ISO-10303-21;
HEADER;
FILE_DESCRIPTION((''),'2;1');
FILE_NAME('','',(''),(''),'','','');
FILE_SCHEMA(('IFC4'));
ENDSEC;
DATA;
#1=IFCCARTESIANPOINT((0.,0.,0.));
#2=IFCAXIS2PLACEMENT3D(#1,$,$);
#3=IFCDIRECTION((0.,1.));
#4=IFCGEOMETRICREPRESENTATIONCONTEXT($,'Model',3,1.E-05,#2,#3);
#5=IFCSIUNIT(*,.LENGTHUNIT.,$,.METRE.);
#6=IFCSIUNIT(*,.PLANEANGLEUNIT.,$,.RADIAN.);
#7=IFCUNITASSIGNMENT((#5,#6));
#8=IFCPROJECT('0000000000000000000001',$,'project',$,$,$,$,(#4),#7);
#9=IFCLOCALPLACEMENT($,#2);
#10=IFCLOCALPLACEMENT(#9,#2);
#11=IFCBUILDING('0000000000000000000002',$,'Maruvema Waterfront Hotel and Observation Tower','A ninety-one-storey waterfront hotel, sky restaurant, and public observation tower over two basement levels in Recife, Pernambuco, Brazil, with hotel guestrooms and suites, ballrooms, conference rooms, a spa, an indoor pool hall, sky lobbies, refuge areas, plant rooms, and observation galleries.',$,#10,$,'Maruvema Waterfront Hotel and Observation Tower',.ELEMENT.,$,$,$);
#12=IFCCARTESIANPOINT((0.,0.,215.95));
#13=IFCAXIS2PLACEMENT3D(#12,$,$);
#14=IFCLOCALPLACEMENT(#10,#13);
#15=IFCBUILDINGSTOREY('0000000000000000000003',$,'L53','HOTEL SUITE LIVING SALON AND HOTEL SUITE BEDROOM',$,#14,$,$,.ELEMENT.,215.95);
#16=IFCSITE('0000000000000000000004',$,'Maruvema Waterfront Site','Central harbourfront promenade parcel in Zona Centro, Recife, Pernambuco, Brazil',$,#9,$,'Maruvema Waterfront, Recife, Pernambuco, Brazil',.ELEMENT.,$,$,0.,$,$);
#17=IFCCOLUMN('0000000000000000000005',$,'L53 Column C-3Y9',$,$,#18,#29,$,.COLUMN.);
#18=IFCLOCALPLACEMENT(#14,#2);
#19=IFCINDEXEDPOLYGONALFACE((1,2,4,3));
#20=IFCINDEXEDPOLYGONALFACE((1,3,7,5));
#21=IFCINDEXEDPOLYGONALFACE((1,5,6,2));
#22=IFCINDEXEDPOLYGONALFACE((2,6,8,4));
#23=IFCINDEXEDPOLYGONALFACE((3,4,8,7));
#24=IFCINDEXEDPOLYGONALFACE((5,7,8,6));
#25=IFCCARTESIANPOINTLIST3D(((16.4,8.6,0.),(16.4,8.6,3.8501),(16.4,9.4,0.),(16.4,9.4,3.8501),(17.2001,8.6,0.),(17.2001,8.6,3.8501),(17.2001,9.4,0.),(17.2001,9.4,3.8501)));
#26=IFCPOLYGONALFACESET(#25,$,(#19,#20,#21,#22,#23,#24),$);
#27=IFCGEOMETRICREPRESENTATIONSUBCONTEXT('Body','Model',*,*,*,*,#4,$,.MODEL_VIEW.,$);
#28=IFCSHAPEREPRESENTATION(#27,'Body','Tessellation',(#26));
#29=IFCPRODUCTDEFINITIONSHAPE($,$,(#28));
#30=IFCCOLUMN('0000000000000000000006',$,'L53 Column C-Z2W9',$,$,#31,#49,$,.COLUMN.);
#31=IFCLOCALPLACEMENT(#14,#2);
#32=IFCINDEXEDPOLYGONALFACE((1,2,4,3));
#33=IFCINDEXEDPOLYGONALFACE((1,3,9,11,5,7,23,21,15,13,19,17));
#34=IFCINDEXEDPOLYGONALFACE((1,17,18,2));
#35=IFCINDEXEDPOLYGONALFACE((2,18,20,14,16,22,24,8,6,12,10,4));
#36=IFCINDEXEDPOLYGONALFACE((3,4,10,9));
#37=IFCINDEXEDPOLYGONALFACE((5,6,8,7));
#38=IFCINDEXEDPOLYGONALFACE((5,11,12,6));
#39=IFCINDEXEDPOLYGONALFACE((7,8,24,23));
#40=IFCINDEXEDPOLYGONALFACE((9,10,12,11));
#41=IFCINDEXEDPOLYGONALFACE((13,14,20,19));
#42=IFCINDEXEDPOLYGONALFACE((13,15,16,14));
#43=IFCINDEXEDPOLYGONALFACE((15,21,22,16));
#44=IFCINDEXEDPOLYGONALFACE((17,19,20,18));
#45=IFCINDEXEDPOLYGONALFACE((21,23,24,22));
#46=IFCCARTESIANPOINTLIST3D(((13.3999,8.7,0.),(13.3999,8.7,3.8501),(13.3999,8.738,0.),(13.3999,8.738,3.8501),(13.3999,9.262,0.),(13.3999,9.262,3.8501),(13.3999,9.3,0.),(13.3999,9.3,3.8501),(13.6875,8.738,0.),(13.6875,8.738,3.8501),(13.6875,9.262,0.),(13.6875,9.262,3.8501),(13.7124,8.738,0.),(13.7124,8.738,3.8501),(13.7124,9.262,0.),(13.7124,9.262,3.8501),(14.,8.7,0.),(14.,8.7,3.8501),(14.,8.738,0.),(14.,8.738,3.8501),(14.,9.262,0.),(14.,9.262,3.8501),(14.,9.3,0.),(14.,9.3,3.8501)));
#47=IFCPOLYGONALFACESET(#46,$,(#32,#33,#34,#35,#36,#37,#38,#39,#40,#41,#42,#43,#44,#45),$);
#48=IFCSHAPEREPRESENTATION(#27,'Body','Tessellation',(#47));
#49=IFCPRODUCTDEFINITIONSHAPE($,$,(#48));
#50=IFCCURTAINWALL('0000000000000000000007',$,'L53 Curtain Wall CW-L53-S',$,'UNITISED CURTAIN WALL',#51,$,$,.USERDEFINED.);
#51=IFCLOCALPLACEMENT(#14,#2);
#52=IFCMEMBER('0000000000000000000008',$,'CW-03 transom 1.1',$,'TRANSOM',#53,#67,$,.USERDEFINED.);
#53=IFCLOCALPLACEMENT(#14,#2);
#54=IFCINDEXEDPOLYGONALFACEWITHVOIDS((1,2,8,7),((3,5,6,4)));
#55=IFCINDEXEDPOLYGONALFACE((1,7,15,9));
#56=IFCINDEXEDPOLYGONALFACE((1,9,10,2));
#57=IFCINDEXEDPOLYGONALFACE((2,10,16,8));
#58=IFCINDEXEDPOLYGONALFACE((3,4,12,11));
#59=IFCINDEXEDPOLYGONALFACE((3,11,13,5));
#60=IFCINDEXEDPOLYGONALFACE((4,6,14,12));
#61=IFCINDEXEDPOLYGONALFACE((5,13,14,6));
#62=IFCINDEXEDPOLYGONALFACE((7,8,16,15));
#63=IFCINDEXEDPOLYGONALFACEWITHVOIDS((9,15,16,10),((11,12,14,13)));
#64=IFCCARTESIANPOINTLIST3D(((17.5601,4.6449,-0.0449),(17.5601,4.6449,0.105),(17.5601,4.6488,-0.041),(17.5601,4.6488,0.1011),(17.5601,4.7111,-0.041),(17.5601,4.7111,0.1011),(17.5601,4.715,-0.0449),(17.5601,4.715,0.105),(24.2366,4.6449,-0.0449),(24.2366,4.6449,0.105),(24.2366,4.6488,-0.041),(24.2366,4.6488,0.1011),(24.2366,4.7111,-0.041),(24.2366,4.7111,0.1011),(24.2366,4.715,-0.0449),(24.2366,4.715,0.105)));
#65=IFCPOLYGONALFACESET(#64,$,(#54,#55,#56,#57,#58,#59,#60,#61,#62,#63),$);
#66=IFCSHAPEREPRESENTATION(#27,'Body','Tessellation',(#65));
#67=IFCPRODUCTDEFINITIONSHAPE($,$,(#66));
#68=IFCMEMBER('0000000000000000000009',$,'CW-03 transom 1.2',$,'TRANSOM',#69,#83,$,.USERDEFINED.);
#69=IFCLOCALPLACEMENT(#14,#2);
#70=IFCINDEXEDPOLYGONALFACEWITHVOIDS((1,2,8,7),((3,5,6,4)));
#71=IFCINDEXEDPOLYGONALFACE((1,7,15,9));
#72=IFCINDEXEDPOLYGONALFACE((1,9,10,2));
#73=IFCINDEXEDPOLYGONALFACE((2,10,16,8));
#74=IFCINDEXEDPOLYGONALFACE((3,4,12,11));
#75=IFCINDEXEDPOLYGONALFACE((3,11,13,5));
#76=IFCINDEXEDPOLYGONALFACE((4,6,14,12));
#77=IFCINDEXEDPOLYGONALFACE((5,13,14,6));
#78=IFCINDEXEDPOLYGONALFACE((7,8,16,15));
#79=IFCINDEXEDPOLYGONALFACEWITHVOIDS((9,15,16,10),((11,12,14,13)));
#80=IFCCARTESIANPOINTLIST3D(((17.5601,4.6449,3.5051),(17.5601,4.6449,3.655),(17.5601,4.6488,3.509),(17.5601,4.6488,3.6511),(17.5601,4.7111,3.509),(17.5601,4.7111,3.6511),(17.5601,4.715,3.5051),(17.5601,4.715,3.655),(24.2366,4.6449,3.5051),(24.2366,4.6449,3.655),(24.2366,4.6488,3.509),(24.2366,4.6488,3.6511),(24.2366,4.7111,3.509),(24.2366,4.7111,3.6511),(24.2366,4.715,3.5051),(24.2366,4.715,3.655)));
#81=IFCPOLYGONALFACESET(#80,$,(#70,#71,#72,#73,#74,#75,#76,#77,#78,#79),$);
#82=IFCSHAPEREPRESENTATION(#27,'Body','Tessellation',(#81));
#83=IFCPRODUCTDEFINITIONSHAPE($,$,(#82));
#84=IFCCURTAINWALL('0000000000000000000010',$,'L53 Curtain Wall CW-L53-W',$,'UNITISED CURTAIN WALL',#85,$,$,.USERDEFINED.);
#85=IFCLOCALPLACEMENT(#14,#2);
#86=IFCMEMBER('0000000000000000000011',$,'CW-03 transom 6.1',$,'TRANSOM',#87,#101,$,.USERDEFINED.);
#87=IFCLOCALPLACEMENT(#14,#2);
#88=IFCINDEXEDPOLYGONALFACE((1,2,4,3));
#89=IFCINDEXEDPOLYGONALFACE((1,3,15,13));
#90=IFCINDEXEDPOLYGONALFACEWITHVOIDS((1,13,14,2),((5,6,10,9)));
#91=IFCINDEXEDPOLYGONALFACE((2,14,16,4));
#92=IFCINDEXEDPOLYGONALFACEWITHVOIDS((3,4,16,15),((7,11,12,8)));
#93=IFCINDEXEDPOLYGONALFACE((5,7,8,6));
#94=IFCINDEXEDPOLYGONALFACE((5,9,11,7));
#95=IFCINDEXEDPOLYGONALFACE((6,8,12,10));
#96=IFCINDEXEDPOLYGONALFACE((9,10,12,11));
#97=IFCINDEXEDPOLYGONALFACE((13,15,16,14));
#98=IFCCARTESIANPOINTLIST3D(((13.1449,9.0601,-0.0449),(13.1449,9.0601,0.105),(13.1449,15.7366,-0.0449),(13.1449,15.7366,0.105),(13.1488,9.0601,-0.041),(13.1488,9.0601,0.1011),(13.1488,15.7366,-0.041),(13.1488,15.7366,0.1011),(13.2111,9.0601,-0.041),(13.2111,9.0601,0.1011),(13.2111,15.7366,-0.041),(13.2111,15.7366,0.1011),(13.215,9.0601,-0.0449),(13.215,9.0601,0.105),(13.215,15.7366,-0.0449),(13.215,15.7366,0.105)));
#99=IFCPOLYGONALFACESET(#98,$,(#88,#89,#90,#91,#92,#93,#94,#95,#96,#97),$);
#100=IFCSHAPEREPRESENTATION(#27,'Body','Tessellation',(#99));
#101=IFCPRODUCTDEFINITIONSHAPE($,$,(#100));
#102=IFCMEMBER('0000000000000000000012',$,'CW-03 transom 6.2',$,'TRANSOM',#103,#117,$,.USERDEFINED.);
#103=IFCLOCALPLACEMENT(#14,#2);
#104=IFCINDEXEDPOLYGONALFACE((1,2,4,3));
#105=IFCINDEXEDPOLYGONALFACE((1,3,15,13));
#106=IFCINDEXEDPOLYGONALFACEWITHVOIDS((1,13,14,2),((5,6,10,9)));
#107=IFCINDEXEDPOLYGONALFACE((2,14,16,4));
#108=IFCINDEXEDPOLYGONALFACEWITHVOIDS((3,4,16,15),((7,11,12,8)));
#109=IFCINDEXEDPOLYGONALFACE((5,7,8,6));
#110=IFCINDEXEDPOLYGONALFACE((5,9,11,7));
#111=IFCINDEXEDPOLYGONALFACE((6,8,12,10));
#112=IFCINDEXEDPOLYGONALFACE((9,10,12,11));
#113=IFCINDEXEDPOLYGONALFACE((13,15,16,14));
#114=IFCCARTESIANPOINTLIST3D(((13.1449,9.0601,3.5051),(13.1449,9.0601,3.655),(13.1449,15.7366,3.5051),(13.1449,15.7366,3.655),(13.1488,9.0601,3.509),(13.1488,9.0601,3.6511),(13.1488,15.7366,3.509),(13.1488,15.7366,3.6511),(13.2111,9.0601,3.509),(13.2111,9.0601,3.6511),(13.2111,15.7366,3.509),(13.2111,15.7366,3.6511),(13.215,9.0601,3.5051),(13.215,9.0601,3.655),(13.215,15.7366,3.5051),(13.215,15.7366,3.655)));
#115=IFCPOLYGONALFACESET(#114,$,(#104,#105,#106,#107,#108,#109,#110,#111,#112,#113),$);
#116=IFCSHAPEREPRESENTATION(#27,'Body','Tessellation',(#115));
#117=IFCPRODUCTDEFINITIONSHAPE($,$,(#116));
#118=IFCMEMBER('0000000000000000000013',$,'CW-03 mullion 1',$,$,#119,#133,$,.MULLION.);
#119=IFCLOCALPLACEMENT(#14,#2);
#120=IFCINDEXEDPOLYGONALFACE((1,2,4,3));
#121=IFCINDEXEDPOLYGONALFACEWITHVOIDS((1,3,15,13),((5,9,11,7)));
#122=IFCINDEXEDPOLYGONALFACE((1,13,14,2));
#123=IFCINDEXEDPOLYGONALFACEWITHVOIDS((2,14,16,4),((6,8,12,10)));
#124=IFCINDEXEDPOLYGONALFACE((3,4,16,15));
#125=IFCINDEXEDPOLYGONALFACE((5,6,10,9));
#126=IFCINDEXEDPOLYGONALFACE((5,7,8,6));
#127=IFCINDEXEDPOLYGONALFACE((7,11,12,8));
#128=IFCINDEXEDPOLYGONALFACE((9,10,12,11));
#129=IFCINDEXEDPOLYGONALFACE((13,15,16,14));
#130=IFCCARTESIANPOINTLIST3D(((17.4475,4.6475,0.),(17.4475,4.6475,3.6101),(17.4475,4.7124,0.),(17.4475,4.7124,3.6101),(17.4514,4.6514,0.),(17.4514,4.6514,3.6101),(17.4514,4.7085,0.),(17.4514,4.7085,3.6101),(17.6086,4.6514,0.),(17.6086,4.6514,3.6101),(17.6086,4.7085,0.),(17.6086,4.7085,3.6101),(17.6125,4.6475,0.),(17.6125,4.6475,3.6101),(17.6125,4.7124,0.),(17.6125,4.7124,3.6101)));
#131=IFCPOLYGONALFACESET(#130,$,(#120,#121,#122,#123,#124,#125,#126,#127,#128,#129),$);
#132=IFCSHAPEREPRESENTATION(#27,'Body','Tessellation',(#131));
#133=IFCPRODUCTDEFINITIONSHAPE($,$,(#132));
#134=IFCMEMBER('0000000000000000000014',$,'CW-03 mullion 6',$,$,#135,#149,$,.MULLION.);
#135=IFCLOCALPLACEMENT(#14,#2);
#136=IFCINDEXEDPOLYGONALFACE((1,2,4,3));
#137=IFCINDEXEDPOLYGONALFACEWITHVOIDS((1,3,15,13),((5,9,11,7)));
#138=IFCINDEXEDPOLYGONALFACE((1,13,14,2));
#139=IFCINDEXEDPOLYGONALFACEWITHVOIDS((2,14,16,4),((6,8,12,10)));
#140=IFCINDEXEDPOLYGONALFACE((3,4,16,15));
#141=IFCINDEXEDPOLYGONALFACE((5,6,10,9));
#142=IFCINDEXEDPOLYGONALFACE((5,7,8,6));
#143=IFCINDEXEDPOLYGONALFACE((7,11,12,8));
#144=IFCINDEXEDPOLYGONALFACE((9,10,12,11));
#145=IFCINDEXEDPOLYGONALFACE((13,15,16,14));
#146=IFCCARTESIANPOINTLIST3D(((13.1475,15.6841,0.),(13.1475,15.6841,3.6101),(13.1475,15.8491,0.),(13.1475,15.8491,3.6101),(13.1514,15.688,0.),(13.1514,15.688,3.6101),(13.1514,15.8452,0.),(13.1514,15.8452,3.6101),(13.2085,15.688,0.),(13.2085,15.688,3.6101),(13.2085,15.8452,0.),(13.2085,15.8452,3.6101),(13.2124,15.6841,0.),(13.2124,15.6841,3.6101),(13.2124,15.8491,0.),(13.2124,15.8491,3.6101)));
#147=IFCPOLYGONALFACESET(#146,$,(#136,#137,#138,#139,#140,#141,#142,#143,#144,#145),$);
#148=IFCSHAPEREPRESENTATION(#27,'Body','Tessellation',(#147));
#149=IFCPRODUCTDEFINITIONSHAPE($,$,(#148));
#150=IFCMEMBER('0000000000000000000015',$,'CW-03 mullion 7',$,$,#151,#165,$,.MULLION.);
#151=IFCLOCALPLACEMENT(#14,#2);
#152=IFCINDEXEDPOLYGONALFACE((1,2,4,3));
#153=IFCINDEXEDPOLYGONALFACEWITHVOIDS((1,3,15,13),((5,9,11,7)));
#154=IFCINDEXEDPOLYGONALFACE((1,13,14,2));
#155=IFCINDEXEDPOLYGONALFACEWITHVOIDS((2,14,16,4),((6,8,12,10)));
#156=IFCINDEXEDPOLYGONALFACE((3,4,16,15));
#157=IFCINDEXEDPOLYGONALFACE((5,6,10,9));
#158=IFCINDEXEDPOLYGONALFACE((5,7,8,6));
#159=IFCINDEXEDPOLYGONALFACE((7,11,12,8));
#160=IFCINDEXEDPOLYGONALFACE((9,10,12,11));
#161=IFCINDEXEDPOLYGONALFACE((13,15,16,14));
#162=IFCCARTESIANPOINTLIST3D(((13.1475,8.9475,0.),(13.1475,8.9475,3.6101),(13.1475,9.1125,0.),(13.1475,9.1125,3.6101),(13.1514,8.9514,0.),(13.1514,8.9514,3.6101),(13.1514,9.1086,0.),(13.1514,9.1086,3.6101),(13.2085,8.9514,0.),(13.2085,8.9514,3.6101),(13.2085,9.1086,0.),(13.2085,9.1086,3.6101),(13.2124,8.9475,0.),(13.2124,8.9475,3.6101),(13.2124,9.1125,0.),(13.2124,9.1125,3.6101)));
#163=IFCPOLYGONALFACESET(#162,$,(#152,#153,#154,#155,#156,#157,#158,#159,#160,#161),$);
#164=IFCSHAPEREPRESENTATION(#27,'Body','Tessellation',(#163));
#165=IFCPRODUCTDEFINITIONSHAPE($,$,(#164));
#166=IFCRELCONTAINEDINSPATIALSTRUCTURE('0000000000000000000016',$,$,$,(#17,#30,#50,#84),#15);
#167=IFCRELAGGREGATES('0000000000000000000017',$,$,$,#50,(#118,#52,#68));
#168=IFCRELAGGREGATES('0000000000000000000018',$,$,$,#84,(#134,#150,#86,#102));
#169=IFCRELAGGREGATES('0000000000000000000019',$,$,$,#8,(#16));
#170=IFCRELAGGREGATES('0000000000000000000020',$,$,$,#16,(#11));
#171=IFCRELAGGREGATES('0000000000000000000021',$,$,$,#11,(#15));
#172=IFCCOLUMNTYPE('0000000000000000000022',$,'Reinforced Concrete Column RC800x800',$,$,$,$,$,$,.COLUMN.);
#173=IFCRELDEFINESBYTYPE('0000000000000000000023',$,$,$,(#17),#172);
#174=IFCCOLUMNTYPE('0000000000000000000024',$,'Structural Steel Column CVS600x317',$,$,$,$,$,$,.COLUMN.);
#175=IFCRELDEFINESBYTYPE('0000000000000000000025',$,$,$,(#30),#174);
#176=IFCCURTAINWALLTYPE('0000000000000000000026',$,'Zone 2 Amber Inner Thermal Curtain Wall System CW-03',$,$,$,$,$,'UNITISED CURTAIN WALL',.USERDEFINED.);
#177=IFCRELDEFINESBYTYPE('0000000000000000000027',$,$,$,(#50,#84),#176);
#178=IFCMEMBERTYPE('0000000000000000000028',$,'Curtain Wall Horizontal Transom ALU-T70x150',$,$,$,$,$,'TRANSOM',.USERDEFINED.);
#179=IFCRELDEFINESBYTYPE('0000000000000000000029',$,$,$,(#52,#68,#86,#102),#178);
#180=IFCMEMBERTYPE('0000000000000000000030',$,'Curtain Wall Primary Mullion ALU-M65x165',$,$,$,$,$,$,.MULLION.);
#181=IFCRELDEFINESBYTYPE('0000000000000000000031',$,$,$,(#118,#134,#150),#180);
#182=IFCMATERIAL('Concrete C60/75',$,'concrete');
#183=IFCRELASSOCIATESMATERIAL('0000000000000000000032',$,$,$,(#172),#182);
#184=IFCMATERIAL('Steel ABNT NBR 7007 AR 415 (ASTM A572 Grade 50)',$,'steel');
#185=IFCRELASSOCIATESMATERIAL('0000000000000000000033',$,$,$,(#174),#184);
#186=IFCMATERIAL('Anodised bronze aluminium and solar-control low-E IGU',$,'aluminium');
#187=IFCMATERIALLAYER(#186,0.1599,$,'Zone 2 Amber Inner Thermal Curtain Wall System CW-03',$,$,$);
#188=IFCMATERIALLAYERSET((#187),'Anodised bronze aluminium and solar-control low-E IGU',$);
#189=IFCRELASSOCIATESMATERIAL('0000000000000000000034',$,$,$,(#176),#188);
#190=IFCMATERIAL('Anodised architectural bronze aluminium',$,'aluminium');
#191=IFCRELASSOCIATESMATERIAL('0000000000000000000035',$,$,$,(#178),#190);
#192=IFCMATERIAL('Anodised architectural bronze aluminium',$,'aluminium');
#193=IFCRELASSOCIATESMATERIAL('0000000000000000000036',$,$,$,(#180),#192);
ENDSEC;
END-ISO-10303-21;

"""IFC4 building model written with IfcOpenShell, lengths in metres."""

from ifc_helpers import new_model, si_unit, direction, frame, origin, origin_2d, place, context, subcontext, project, spatial, rectangle, hollow_rectangle, i_section, extrude, material, layer, layer_set, material_profile, profile_set, type_object, element, aggregate, save


model = new_model("IFC4")

# Units and contexts
model_context = context("Model", 3, precision=1e-05, world=origin(), true_north=direction((0.0, 1.0)))
body_context = subcontext(model_context, "Body", "Model", "MODEL_VIEW")
ifc_project = project(units=[si_unit("LENGTHUNIT", "METRE"), si_unit("PLANEANGLEUNIT", "RADIAN")], contexts=[model_context])

# Site, building, storey
site_placement = place(None, origin())
site = spatial("IfcSite", under=ifc_project, at=site_placement, Name="Maruvema Waterfront Site", Description="Central harbourfront promenade parcel in Zona Centro, Recife, Pernambuco, Brazil", LongName="Maruvema Waterfront, Recife, Pernambuco, Brazil", CompositionType="ELEMENT", RefElevation=0.0)
building_placement = place(site_placement, origin())
building = spatial("IfcBuilding", under=site, at=building_placement, Name="Maruvema Waterfront Hotel and Observation Tower", Description="A ninety-one-storey waterfront hotel, sky restaurant, and public observation tower over two basement levels in Recife, Pernambuco, Brazil, with hotel guestrooms and suites, ballrooms, conference rooms, a spa, an indoor pool hall, sky lobbies, refuge areas, plant rooms, and observation galleries.", LongName="Maruvema Waterfront Hotel and Observation Tower", CompositionType="ELEMENT")
storey_placement = place(building_placement, frame((0.0, 0.0, 215.95)))
storey = spatial("IfcBuildingStorey", under=building, at=storey_placement, Name="L53", Description="HOTEL SUITE LIVING SALON AND HOTEL SUITE BEDROOM", CompositionType="ELEMENT", Elevation=215.95)

# Columns
ifc_material_1 = material(Name="Concrete C60/75", Category="concrete")
ifc_material_profile_1 = material_profile(ifc_material_1, rectangle(XDim=0.8, YDim=0.8, at=origin_2d()), Name="RC800x800")
ifc_profile_set_1 = profile_set([ifc_material_profile_1], Name="Concrete C60/75")
column_type_1 = type_object("IfcColumnType", Name="Reinforced Concrete Column RC800x800", PredefinedType="COLUMN", material=ifc_profile_set_1)
column_1_placement = place(storey_placement, frame((16.8, 9.0, 0.0), z_axis=(0.0, 0.0, 1.0), x_axis=(1.0, 0.0, 0.0)))
element("IfcColumn", 1, at=column_1_placement, inside=storey, type_object=column_type_1, Name="L53 Column C-3Y9", PredefinedType="COLUMN", context=body_context, shape_type="SweptSolid", body=[
    extrude(rectangle(XDim=0.8, YDim=0.8, at=origin_2d()), origin(), (0.0, 0.0, 1.0), 3.8501),
])
ifc_material_2 = material(Name="Steel ABNT NBR 7007 AR 415 (ASTM A572 Grade 50)", Category="steel")
ifc_material_profile_2 = material_profile(ifc_material_2, i_section(OverallWidth=0.6001, OverallDepth=0.6001, WebThickness=0.0249, FlangeThickness=0.0381, at=origin_2d()), Name="CVS600x317")
ifc_profile_set_2 = profile_set([ifc_material_profile_2], Name="Steel ABNT NBR 7007 AR 415 (ASTM A572 Grade 50)")
column_type_2 = type_object("IfcColumnType", Name="Structural Steel Column CVS600x317", PredefinedType="COLUMN", material=ifc_profile_set_2)
column_2_placement = place(storey_placement, frame((13.7, 9.0, 0.0), z_axis=(0.0, 0.0, 1.0), x_axis=(1.0, 0.0, 0.0)))
element("IfcColumn", 2, at=column_2_placement, inside=storey, type_object=column_type_2, Name="L53 Column C-Z2W9", PredefinedType="COLUMN", context=body_context, shape_type="SweptSolid", body=[
    extrude(i_section(OverallWidth=0.6001, OverallDepth=0.6001, WebThickness=0.0249, FlangeThickness=0.0381, at=origin_2d()), origin(), (0.0, 0.0, 1.0), 3.8501),
])

# Curtain walls, members
ifc_material_3 = material(Name="Anodised bronze aluminium and solar-control low-E IGU", Category="aluminium")
ifc_layer_1 = layer(ifc_material_3, 0.1599, Name="Zone 2 Amber Inner Thermal Curtain Wall System CW-03")
ifc_layer_set_1 = layer_set([ifc_layer_1], Name="Anodised bronze aluminium and solar-control low-E IGU")
curtain_wall_type = type_object("IfcCurtainWallType", Name="Zone 2 Amber Inner Thermal Curtain Wall System CW-03", ElementType="UNITISED CURTAIN WALL", PredefinedType="USERDEFINED", material=ifc_layer_set_1)
curtain_wall_1_placement = place(storey_placement, origin())
curtain_wall_1 = element("IfcCurtainWall", 3, at=curtain_wall_1_placement, inside=storey, type_object=curtain_wall_type, Name="L53 Curtain Wall CW-L53-S", ObjectType="UNITISED CURTAIN WALL", PredefinedType="USERDEFINED")
ifc_material_4 = material(Name="Anodised architectural bronze aluminium", Category="aluminium")
ifc_material_profile_3 = material_profile(ifc_material_4, hollow_rectangle(XDim=0.0701, YDim=0.1499, WallThickness=0.0039, at=origin_2d()), Name="ALU-T70x150")
ifc_profile_set_3 = profile_set([ifc_material_profile_3], Name="Anodised architectural bronze aluminium")
member_type_1 = type_object("IfcMemberType", Name="Curtain Wall Horizontal Transom ALU-T70x150", ElementType="TRANSOM", PredefinedType="USERDEFINED", material=ifc_profile_set_3)
member_1_placement = place(storey_placement, frame((17.5601, 4.6799, 0.03), z_axis=(1.0, 0.0, 0.0), x_axis=(0.0, 1.0, 0.0)))
member_1 = element("IfcMember", 4, at=member_1_placement, type_object=member_type_1, Name="CW-03 transom 1.1", ObjectType="TRANSOM", PredefinedType="USERDEFINED", context=body_context, shape_type="SweptSolid", body=[
    extrude(hollow_rectangle(XDim=0.0701, YDim=0.1499, WallThickness=0.0039, at=origin_2d()), origin(), (0.0, 0.0, 1.0), 6.6765),
])
member_2_placement = place(storey_placement, frame((17.5601, 4.6799, 3.5801), z_axis=(1.0, 0.0, 0.0), x_axis=(0.0, 1.0, 0.0)))
member_2 = element("IfcMember", 5, at=member_2_placement, type_object=member_type_1, Name="CW-03 transom 1.2", ObjectType="TRANSOM", PredefinedType="USERDEFINED", context=body_context, shape_type="SweptSolid", body=[
    extrude(hollow_rectangle(XDim=0.0701, YDim=0.1499, WallThickness=0.0039, at=origin_2d()), origin(), (0.0, 0.0, 1.0), 6.6765),
])
curtain_wall_2_placement = place(storey_placement, origin())
curtain_wall_2 = element("IfcCurtainWall", 6, at=curtain_wall_2_placement, inside=storey, type_object=curtain_wall_type, Name="L53 Curtain Wall CW-L53-W", ObjectType="UNITISED CURTAIN WALL", PredefinedType="USERDEFINED")
member_3_placement = place(storey_placement, frame((13.1799, 15.7366, 0.03), z_axis=(0.0, -1.0, 0.0), x_axis=(1.0, 0.0, 0.0)))
member_3 = element("IfcMember", 7, at=member_3_placement, type_object=member_type_1, Name="CW-03 transom 6.1", ObjectType="TRANSOM", PredefinedType="USERDEFINED", context=body_context, shape_type="SweptSolid", body=[
    extrude(hollow_rectangle(XDim=0.0701, YDim=0.1499, WallThickness=0.0039, at=origin_2d()), origin(), (0.0, 0.0, 1.0), 6.6765),
])
member_4_placement = place(storey_placement, frame((13.1799, 15.7366, 3.5801), z_axis=(0.0, -1.0, 0.0), x_axis=(1.0, 0.0, 0.0)))
member_4 = element("IfcMember", 8, at=member_4_placement, type_object=member_type_1, Name="CW-03 transom 6.2", ObjectType="TRANSOM", PredefinedType="USERDEFINED", context=body_context, shape_type="SweptSolid", body=[
    extrude(hollow_rectangle(XDim=0.0701, YDim=0.1499, WallThickness=0.0039, at=origin_2d()), origin(), (0.0, 0.0, 1.0), 6.6765),
])

# Members
ifc_material_5 = material(Name="Anodised architectural bronze aluminium", Category="aluminium")
ifc_material_profile_4 = material_profile(ifc_material_5, hollow_rectangle(XDim=0.0649, YDim=0.165, WallThickness=0.0039, at=origin_2d()), Name="ALU-M65x165")
ifc_profile_set_4 = profile_set([ifc_material_profile_4], Name="Anodised architectural bronze aluminium")
member_type_2 = type_object("IfcMemberType", Name="Curtain Wall Primary Mullion ALU-M65x165", PredefinedType="MULLION", material=ifc_profile_set_4)
member_5_placement = place(storey_placement, frame((17.53, 4.6799, 0.0), z_axis=(0.0, 0.0, 1.0), x_axis=(0.0, 1.0, 0.0)))
member_5 = element("IfcMember", 9, at=member_5_placement, type_object=member_type_2, Name="CW-03 mullion 1", PredefinedType="MULLION", context=body_context, shape_type="SweptSolid", body=[
    extrude(hollow_rectangle(XDim=0.0649, YDim=0.165, WallThickness=0.0039, at=origin_2d()), origin(), (0.0, 0.0, 1.0), 3.6101),
])
member_6_placement = place(storey_placement, frame((13.1799, 15.7666, 0.0), z_axis=(0.0, 0.0, 1.0), x_axis=(1.0, 0.0, 0.0)))
member_6 = element("IfcMember", 10, at=member_6_placement, type_object=member_type_2, Name="CW-03 mullion 6", PredefinedType="MULLION", context=body_context, shape_type="SweptSolid", body=[
    extrude(hollow_rectangle(XDim=0.0649, YDim=0.165, WallThickness=0.0039, at=origin_2d()), origin(), (0.0, 0.0, 1.0), 3.6101),
])
member_7_placement = place(storey_placement, frame((13.1799, 9.03, 0.0), z_axis=(0.0, 0.0, 1.0), x_axis=(1.0, 0.0, 0.0)))
member_7 = element("IfcMember", 11, at=member_7_placement, type_object=member_type_2, Name="CW-03 mullion 7", PredefinedType="MULLION", context=body_context, shape_type="SweptSolid", body=[
    extrude(hollow_rectangle(XDim=0.0649, YDim=0.165, WallThickness=0.0039, at=origin_2d()), origin(), (0.0, 0.0, 1.0), 3.6101),
])

aggregate(curtain_wall_1, [member_5, member_1, member_2])
aggregate(curtain_wall_2, [member_6, member_7, member_3, member_4])

save(model, "model.ifc")
